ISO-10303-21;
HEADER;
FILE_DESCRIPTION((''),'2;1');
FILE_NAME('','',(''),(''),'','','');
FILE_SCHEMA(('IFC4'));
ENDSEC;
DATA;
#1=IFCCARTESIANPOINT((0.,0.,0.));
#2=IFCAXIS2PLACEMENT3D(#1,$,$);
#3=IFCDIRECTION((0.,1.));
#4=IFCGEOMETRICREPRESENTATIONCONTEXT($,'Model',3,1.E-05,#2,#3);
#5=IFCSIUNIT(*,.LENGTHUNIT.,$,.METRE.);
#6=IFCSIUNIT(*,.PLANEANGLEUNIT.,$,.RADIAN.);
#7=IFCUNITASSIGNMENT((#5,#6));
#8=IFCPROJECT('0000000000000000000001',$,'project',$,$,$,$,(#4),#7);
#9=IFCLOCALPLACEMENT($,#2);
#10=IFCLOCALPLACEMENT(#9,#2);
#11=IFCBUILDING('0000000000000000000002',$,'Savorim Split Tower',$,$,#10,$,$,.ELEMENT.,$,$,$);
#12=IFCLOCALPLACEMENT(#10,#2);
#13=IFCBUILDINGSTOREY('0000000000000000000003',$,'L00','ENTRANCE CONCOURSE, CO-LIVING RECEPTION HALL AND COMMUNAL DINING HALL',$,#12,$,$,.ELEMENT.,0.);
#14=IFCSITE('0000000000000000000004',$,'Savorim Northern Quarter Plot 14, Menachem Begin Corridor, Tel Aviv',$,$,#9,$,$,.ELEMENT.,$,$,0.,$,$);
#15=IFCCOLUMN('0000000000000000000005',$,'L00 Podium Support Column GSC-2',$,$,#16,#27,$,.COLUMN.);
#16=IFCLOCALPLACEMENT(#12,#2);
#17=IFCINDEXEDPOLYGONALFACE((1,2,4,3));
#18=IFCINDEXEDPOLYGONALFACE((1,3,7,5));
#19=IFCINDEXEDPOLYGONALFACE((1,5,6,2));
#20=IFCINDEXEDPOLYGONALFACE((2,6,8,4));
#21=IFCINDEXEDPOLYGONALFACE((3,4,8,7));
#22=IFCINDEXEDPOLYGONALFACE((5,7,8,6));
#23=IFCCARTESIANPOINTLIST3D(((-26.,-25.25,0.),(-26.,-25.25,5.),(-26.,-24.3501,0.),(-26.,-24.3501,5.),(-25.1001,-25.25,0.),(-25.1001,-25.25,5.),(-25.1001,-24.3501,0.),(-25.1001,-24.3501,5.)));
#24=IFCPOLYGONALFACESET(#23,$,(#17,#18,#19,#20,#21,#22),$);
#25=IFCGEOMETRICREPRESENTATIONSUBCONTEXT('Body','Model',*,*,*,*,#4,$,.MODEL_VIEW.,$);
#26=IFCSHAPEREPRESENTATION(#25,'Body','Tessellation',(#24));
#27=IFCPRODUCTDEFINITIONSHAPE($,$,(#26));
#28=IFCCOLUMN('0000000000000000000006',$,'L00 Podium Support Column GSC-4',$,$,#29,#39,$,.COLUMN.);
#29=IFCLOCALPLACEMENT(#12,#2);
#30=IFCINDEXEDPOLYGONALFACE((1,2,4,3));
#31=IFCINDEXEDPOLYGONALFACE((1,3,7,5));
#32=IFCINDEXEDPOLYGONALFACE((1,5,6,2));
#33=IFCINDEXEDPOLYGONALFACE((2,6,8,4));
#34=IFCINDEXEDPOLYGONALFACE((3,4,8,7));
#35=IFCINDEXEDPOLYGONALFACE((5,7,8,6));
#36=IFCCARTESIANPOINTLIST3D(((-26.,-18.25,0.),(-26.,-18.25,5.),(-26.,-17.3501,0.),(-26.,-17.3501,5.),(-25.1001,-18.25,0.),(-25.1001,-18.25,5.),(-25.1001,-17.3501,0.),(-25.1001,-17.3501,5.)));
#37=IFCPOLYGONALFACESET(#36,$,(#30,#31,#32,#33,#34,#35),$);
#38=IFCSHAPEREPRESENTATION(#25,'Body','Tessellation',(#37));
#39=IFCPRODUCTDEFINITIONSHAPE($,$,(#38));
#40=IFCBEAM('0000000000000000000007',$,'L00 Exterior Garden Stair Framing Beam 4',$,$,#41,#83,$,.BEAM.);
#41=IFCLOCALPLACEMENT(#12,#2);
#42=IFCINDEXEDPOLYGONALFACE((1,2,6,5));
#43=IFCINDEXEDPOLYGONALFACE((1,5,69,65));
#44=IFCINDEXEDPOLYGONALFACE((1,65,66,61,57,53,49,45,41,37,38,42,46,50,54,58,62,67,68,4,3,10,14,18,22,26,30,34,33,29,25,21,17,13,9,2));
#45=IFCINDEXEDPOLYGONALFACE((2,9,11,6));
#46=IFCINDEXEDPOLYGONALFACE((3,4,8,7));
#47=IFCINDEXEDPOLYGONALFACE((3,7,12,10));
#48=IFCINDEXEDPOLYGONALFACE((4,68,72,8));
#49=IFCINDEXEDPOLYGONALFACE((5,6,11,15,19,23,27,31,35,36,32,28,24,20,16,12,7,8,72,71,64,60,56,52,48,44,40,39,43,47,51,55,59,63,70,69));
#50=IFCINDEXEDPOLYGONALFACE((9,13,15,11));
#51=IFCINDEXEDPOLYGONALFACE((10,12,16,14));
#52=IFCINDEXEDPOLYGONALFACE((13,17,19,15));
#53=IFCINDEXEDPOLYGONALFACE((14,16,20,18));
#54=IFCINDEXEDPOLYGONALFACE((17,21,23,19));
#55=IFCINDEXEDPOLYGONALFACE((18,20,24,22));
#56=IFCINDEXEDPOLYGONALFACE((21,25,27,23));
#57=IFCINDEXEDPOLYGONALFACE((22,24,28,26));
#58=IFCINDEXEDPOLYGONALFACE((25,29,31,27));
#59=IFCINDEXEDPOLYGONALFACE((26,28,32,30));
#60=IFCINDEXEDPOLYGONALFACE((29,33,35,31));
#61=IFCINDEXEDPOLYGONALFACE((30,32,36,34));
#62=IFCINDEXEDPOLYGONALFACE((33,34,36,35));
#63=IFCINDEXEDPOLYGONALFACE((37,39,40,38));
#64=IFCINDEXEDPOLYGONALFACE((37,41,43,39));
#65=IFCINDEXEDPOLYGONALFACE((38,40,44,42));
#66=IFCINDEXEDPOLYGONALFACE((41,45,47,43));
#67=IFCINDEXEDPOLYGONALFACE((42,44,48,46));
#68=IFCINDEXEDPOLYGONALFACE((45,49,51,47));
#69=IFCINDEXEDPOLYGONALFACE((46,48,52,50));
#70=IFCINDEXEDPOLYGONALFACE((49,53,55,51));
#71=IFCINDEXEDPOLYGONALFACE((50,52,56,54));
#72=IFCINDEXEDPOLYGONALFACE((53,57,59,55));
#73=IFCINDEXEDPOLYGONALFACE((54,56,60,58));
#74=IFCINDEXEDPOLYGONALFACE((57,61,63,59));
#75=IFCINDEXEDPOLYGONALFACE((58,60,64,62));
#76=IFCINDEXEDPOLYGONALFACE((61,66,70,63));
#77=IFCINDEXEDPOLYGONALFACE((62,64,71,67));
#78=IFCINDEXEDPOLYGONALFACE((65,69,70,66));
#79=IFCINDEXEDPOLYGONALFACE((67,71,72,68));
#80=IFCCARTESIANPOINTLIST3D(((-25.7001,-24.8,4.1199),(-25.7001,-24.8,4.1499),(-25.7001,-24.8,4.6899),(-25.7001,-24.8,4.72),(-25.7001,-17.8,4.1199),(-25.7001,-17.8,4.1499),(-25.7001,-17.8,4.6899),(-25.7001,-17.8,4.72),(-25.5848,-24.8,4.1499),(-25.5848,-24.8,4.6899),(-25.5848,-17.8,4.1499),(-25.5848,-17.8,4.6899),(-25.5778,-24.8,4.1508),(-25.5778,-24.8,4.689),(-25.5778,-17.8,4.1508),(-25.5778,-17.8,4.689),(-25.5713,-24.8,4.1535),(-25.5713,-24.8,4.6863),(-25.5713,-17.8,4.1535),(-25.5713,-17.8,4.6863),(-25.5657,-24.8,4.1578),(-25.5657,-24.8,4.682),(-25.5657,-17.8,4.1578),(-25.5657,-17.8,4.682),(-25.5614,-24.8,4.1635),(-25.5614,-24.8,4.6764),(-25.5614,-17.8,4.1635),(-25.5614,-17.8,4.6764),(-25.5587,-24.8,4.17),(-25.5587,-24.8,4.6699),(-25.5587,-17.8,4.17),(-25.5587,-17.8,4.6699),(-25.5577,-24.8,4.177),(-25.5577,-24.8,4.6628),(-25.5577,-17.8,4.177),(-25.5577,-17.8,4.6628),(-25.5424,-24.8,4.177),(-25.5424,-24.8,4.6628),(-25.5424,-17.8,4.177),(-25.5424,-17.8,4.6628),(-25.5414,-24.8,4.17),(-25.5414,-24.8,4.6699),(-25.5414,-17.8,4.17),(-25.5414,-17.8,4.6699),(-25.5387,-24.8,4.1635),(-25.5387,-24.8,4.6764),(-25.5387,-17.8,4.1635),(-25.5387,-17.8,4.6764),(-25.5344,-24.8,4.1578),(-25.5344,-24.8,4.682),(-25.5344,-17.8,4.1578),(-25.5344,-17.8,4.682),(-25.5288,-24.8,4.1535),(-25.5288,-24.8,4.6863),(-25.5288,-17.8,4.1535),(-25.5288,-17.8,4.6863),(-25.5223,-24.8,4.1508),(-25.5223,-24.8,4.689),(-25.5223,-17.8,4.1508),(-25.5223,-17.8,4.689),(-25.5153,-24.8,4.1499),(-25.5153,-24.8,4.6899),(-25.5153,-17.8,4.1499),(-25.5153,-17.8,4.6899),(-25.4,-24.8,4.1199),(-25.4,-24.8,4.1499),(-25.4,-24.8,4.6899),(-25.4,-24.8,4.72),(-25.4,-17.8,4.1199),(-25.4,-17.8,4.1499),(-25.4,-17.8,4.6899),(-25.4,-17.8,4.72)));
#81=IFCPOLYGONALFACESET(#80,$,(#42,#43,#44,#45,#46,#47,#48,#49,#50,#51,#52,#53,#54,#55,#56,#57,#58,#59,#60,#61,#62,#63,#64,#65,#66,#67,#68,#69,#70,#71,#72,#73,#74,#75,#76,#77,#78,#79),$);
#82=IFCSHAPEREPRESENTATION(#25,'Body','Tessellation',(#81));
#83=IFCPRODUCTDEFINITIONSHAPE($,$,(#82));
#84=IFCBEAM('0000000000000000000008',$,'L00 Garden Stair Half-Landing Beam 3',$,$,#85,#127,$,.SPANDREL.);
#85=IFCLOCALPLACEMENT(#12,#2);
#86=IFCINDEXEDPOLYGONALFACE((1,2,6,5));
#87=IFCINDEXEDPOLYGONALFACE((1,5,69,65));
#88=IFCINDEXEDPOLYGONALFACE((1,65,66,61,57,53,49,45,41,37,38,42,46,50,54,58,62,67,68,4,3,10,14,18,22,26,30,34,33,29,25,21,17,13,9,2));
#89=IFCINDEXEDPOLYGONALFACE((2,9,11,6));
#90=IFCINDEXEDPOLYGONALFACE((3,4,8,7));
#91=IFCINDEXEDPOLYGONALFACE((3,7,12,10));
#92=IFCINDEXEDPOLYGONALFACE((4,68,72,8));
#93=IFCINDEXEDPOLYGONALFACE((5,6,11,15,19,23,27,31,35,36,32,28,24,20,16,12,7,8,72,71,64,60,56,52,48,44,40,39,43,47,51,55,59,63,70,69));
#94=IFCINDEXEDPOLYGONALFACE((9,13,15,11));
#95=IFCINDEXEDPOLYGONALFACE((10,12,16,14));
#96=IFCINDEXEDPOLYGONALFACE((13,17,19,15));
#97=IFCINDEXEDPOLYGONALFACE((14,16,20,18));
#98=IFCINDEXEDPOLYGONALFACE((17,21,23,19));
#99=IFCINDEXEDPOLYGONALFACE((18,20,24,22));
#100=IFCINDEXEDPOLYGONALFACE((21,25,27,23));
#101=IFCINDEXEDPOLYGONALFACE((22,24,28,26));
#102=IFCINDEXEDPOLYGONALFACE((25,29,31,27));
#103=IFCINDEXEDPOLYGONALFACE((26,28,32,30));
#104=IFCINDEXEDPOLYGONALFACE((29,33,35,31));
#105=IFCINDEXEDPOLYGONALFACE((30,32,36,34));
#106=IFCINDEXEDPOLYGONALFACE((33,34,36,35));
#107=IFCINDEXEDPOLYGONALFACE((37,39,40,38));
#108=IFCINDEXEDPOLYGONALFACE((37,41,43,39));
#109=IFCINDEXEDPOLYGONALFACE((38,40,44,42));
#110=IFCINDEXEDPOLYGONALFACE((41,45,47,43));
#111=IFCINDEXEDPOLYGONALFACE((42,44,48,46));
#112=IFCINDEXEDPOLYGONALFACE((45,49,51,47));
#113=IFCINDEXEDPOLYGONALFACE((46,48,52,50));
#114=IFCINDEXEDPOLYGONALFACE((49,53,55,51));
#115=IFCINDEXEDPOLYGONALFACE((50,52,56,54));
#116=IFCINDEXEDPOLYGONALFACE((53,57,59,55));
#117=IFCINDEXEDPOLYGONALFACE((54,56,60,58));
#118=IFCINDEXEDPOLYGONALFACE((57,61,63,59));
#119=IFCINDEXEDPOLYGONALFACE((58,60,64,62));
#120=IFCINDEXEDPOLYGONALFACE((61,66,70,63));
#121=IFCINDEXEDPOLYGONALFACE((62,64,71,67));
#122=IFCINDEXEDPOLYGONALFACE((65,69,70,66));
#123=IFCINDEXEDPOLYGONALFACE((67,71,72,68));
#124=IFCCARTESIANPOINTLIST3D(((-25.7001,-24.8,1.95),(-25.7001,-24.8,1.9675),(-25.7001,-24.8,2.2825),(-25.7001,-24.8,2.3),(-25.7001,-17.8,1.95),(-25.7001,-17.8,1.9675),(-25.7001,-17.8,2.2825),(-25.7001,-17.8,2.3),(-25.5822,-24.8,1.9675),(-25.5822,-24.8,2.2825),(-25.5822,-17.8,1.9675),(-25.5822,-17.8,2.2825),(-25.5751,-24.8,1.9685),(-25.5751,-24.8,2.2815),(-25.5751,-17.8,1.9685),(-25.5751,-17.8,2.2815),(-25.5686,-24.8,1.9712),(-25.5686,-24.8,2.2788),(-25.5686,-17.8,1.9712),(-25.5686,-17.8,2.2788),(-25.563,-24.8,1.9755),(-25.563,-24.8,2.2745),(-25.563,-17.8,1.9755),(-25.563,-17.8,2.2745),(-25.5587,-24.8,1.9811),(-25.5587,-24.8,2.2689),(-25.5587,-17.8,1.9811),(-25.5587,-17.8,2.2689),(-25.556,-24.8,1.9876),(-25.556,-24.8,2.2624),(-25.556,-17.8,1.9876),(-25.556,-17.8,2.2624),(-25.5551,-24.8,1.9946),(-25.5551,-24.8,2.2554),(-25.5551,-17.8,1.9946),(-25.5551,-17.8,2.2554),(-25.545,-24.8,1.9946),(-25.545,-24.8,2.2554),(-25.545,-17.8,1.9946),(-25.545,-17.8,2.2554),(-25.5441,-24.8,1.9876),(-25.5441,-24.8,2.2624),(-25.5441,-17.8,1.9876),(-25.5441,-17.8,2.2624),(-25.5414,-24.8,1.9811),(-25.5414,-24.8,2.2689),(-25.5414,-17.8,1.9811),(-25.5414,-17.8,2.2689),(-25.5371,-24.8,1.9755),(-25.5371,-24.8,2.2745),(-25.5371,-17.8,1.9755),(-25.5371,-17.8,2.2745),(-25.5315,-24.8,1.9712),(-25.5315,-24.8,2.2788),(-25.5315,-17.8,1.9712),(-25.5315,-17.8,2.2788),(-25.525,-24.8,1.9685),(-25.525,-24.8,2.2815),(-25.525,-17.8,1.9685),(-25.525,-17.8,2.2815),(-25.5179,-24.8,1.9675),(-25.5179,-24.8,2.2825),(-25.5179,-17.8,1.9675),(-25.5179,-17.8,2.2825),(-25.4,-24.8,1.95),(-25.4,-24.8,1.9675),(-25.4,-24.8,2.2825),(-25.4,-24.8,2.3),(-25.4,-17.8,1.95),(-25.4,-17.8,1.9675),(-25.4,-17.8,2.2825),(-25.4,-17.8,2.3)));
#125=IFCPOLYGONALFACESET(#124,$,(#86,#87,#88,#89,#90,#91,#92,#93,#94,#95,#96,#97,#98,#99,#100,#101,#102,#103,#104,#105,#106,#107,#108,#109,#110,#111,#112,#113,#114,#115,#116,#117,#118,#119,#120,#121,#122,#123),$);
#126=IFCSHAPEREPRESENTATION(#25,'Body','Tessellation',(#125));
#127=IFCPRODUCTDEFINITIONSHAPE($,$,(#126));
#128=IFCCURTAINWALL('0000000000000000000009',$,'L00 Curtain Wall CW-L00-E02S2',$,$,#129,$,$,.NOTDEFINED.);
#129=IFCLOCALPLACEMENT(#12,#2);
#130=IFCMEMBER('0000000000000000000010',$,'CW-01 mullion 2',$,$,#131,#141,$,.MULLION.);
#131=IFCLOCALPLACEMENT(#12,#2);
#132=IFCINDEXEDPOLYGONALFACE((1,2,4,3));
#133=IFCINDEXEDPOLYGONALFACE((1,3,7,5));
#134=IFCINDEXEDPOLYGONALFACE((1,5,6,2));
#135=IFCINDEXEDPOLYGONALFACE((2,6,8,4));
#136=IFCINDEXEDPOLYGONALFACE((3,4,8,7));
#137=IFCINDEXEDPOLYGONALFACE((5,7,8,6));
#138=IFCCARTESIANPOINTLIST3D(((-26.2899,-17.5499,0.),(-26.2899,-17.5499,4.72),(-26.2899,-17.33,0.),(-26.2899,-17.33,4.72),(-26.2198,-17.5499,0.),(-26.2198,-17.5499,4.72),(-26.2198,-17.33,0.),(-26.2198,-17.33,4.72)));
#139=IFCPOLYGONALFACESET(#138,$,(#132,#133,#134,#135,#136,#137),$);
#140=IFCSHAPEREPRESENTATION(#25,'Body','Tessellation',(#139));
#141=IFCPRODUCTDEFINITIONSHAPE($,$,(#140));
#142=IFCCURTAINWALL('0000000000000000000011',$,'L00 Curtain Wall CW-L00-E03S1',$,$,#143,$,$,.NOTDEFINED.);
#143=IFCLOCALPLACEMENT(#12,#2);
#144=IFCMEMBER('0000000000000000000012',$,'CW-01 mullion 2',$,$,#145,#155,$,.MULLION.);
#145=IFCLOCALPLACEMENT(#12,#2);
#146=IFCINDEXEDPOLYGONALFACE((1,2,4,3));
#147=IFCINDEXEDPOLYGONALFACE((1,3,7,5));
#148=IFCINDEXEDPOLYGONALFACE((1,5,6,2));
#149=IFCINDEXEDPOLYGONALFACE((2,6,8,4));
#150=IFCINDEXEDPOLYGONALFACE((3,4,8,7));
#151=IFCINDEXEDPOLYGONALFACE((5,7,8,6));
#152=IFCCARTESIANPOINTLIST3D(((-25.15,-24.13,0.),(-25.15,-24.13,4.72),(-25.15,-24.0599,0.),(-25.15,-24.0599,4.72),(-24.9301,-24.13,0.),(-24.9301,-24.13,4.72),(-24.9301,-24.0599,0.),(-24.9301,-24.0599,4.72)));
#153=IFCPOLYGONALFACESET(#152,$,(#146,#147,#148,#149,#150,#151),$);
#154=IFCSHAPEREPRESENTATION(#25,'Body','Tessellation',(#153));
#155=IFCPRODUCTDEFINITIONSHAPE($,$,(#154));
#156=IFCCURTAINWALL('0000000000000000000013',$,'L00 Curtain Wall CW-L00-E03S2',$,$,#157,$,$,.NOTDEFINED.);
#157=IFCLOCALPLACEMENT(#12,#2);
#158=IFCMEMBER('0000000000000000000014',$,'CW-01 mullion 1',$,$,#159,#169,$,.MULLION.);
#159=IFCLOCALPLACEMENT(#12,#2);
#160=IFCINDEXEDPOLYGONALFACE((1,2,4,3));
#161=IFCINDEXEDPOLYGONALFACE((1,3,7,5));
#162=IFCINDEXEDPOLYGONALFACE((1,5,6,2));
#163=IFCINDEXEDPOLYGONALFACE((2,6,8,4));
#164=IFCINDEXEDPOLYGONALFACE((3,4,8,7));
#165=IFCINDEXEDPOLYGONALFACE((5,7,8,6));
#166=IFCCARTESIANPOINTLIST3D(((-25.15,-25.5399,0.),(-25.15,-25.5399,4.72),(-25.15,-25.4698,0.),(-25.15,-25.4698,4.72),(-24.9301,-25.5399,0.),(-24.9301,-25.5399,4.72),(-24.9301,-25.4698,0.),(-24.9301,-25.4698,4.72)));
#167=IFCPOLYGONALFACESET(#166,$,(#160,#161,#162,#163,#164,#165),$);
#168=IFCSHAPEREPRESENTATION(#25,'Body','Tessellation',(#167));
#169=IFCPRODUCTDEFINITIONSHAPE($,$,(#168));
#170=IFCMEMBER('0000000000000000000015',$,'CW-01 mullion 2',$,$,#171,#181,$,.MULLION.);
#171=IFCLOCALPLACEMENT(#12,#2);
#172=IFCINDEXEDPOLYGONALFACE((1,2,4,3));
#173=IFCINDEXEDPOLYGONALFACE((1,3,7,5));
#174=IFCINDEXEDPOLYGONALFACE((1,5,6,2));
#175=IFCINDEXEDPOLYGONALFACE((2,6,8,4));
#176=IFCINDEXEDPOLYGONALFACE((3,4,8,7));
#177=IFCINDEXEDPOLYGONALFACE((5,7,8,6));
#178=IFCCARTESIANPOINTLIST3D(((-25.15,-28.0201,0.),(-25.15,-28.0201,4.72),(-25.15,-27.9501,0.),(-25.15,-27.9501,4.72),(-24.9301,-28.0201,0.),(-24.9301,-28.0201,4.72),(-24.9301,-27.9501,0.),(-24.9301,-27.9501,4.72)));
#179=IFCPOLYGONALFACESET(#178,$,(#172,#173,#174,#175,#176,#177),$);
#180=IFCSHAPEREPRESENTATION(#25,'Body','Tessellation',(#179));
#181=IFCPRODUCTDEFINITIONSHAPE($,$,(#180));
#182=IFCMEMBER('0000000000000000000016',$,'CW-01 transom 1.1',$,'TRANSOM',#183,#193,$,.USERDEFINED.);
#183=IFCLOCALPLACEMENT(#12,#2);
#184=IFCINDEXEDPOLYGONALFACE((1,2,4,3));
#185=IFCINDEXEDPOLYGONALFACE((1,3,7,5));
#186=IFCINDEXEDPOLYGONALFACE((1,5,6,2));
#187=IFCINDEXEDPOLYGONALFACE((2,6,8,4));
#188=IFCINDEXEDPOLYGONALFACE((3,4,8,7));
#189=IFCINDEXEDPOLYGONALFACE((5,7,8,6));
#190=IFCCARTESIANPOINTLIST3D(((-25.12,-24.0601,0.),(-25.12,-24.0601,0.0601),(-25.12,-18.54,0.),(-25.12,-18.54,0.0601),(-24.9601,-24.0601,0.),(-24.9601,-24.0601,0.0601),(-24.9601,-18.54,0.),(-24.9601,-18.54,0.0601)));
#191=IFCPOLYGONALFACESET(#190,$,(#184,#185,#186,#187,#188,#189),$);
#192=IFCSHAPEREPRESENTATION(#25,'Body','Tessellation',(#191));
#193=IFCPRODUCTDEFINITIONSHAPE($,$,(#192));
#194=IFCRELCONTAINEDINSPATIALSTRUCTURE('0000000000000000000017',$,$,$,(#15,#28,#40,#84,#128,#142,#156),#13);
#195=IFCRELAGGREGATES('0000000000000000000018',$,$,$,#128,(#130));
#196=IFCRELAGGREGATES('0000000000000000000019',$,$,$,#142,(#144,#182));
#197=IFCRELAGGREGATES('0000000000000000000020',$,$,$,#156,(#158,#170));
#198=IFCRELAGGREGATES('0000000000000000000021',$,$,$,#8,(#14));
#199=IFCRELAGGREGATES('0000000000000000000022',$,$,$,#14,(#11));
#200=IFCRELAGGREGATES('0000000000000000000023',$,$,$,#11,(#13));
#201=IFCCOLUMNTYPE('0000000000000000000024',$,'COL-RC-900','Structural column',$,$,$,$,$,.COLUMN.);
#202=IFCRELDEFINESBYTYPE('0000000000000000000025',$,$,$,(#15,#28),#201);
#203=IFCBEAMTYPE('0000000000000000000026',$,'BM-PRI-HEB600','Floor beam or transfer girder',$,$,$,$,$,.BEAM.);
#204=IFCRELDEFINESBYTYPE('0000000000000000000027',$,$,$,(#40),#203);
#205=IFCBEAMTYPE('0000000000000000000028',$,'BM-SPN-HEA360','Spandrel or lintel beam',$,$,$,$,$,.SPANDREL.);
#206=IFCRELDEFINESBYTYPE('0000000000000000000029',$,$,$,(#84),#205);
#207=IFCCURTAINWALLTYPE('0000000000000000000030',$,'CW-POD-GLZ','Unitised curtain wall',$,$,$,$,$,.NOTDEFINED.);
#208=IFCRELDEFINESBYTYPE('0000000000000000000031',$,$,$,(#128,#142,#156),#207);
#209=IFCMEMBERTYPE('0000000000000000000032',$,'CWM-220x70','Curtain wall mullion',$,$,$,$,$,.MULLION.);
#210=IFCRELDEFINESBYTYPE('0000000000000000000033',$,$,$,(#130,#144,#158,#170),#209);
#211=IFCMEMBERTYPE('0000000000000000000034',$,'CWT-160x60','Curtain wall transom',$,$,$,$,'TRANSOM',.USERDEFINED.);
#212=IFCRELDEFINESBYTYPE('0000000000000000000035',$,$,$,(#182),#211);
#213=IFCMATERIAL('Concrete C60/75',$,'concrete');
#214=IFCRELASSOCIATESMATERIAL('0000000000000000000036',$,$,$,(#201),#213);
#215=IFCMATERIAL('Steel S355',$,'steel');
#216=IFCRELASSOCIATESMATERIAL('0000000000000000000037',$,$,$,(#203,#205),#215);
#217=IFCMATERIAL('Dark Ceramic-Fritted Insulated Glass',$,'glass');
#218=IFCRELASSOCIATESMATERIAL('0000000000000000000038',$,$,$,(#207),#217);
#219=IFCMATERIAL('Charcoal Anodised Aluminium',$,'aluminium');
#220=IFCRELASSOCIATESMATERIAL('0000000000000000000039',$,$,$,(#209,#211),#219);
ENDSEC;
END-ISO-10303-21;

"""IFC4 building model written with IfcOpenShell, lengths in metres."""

from ifc_helpers import new_model, si_unit, direction, frame, origin, origin_2d, place, context, subcontext, project, spatial, rectangle, i_section, extrude, material, material_profile, profile_set, type_object, element, aggregate, save


model = new_model("IFC4")

# Units and contexts
model_context = context("Model", 3, precision=1e-05, world=origin(), true_north=direction((0.0, 1.0)))
body_context = subcontext(model_context, "Body", "Model", "MODEL_VIEW")
ifc_project = project(units=[si_unit("LENGTHUNIT", "METRE"), si_unit("PLANEANGLEUNIT", "RADIAN")], contexts=[model_context])

# Site, building, storey
site_placement = place(None, origin())
site = spatial("IfcSite", under=ifc_project, at=site_placement, Name="Savorim Northern Quarter Plot 14, Menachem Begin Corridor, Tel Aviv", CompositionType="ELEMENT", RefElevation=0.0)
building_placement = place(site_placement, origin())
building = spatial("IfcBuilding", under=site, at=building_placement, Name="Savorim Split Tower", CompositionType="ELEMENT")
storey_placement = place(building_placement, origin())
storey = spatial("IfcBuildingStorey", under=building, at=storey_placement, Name="L00", Description="ENTRANCE CONCOURSE, CO-LIVING RECEPTION HALL AND COMMUNAL DINING HALL", CompositionType="ELEMENT", Elevation=0.0)

# Columns
ifc_material_1 = material(Name="Concrete C60/75", Category="concrete")
ifc_material_profile_1 = material_profile(ifc_material_1, rectangle(XDim=0.8999, YDim=0.8999, at=origin_2d()), Name="RC 900x900")
ifc_profile_set_1 = profile_set([ifc_material_profile_1], Name="Concrete C60/75")
column_type = type_object("IfcColumnType", Name="COL-RC-900", Description="Structural column", PredefinedType="COLUMN", material=ifc_profile_set_1)
for number, where, z_axis, x_axis, name in (
    (1, (-25.55, -24.8, 0.0), (0.0, 0.0, 1.0), (1.0, 0.0, 0.0), "L00 Podium Support Column GSC-2"),
    (2, (-25.55, -17.8, 0.0), (0.0, 0.0, 1.0), (1.0, 0.0, 0.0), "L00 Podium Support Column GSC-4"),
):
    element("IfcColumn", number, at=place(storey_placement, frame(where, z_axis=z_axis, x_axis=x_axis)), inside=storey, type_object=column_type, Name=name, PredefinedType="COLUMN", context=body_context, shape_type="SweptSolid", body=[
        extrude(rectangle(XDim=0.8999, YDim=0.8999, at=origin_2d()), origin(), (0.0, 0.0, 1.0), 5.0),
    ])

# Beams
ifc_material_2 = material(Name="Steel S355", Category="steel")
ifc_material_profile_2 = material_profile(ifc_material_2, i_section(OverallWidth=0.3, OverallDepth=0.6001, WebThickness=0.0154, FlangeThickness=0.03, FilletRadius=0.0271, at=origin_2d()), Name="HEB 600")
ifc_profile_set_2 = profile_set([ifc_material_profile_2], Name="Steel S355")
beam_type_1 = type_object("IfcBeamType", Name="BM-PRI-HEB600", Description="Floor beam or transfer girder", PredefinedType="BEAM", material=ifc_profile_set_2)
beam_1_placement = place(storey_placement, frame((-25.55, -24.8, 4.4199), z_axis=(0.0, 1.0, 0.0), x_axis=(-1.0, 0.0, 0.0)))
element("IfcBeam", 3, at=beam_1_placement, inside=storey, type_object=beam_type_1, Name="L00 Exterior Garden Stair Framing Beam 4", PredefinedType="BEAM", context=body_context, shape_type="SweptSolid", body=[
    extrude(i_section(OverallWidth=0.3, OverallDepth=0.6001, WebThickness=0.0154, FlangeThickness=0.03, FilletRadius=0.0271, at=origin_2d()), origin(), (0.0, 0.0, 1.0), 7.0),
])
ifc_material_profile_3 = material_profile(ifc_material_2, i_section(OverallWidth=0.3, OverallDepth=0.3501, WebThickness=0.01, FlangeThickness=0.0176, FilletRadius=0.0271, at=origin_2d()), Name="HEA 360")
ifc_profile_set_3 = profile_set([ifc_material_profile_3], Name="Steel S355")
beam_type_2 = type_object("IfcBeamType", Name="BM-SPN-HEA360", Description="Spandrel or lintel beam", PredefinedType="SPANDREL", material=ifc_profile_set_3)
beam_2_placement = place(storey_placement, frame((-25.55, -24.8, 2.125), z_axis=(0.0, 1.0, 0.0), x_axis=(-1.0, 0.0, 0.0)))
element("IfcBeam", 4, at=beam_2_placement, inside=storey, type_object=beam_type_2, Name="L00 Garden Stair Half-Landing Beam 3", PredefinedType="SPANDREL", context=body_context, shape_type="SweptSolid", body=[
    extrude(i_section(OverallWidth=0.3, OverallDepth=0.3501, WebThickness=0.01, FlangeThickness=0.0176, FilletRadius=0.0271, at=origin_2d()), origin(), (0.0, 0.0, 1.0), 7.0),
])

# Curtain walls, members
ifc_material_3 = material(Name="Dark Ceramic-Fritted Insulated Glass", Category="glass")
curtain_wall_type = type_object("IfcCurtainWallType", Name="CW-POD-GLZ", Description="Unitised curtain wall", PredefinedType="NOTDEFINED", material=ifc_material_3)
curtain_wall_1_placement = place(storey_placement, origin())
curtain_wall_1 = element("IfcCurtainWall", 5, at=curtain_wall_1_placement, inside=storey, type_object=curtain_wall_type, Name="L00 Curtain Wall CW-L00-E02S2", PredefinedType="NOTDEFINED")
ifc_material_4 = material(Name="Charcoal Anodised Aluminium", Category="aluminium")
ifc_material_profile_4 = material_profile(ifc_material_4, rectangle(XDim=0.22, YDim=0.0701, at=origin_2d()), Name="ALU-M 220x70")
ifc_profile_set_4 = profile_set([ifc_material_profile_4], Name="Charcoal Anodised Aluminium")
member_type_1 = type_object("IfcMemberType", Name="CWM-220x70", Description="Curtain wall mullion", PredefinedType="MULLION", material=ifc_profile_set_4)
member_1_placement = place(storey_placement, frame((-26.2549, -17.4399, 0.0), z_axis=(0.0, 0.0, 1.0), x_axis=(0.0, 1.0, 0.0)))
member_1 = element("IfcMember", 6, at=member_1_placement, type_object=member_type_1, Name="CW-01 mullion 2", PredefinedType="MULLION", context=body_context, shape_type="SweptSolid", body=[
    extrude(rectangle(XDim=0.22, YDim=0.0701, at=origin_2d()), origin(), (0.0, 0.0, 1.0), 4.72),
])
aggregate(curtain_wall_1, [member_1])
curtain_wall_2_placement = place(storey_placement, origin())
curtain_wall_2 = element("IfcCurtainWall", 7, at=curtain_wall_2_placement, inside=storey, type_object=curtain_wall_type, Name="L00 Curtain Wall CW-L00-E03S1", PredefinedType="NOTDEFINED")
member_2_placement = place(storey_placement, frame((-25.04, -24.095, 0.0), z_axis=(0.0, 0.0, 1.0), x_axis=(1.0, 0.0, 0.0)))
member_2 = element("IfcMember", 8, at=member_2_placement, type_object=member_type_1, Name="CW-01 mullion 2", PredefinedType="MULLION", context=body_context, shape_type="SweptSolid", body=[
    extrude(rectangle(XDim=0.22, YDim=0.0701, at=origin_2d()), origin(), (0.0, 0.0, 1.0), 4.72),
])

# Curtain wall, members
curtain_wall_3_placement = place(storey_placement, origin())
curtain_wall_3 = element("IfcCurtainWall", 9, at=curtain_wall_3_placement, inside=storey, type_object=curtain_wall_type, Name="L00 Curtain Wall CW-L00-E03S2", PredefinedType="NOTDEFINED")
member_3_placement = place(storey_placement, frame((-25.04, -25.5049, 0.0), z_axis=(0.0, 0.0, 1.0), x_axis=(1.0, 0.0, 0.0)))
member_3 = element("IfcMember", 10, at=member_3_placement, type_object=member_type_1, Name="CW-01 mullion 1", PredefinedType="MULLION", context=body_context, shape_type="SweptSolid", body=[
    extrude(rectangle(XDim=0.22, YDim=0.0701, at=origin_2d()), origin(), (0.0, 0.0, 1.0), 4.72),
])
member_4_placement = place(storey_placement, frame((-25.04, -27.9851, 0.0), z_axis=(0.0, 0.0, 1.0), x_axis=(1.0, 0.0, 0.0)))
member_4 = element("IfcMember", 11, at=member_4_placement, type_object=member_type_1, Name="CW-01 mullion 2", PredefinedType="MULLION", context=body_context, shape_type="SweptSolid", body=[
    extrude(rectangle(XDim=0.22, YDim=0.0701, at=origin_2d()), origin(), (0.0, 0.0, 1.0), 4.72),
])

# Member
ifc_material_profile_5 = material_profile(ifc_material_4, rectangle(XDim=0.1599, YDim=0.0601, at=origin_2d()), Name="ALU-T 160x60")
ifc_profile_set_5 = profile_set([ifc_material_profile_5], Name="Charcoal Anodised Aluminium")
member_type_2 = type_object("IfcMemberType", Name="CWT-160x60", Description="Curtain wall transom", ElementType="TRANSOM", PredefinedType="USERDEFINED", material=ifc_profile_set_5)
member_5_placement = place(storey_placement, frame((-25.04, -18.54, 0.03), z_axis=(0.0, -1.0, 0.0), x_axis=(1.0, 0.0, 0.0)))
member_5 = element("IfcMember", 12, at=member_5_placement, type_object=member_type_2, Name="CW-01 transom 1.1", ObjectType="TRANSOM", PredefinedType="USERDEFINED", context=body_context, shape_type="SweptSolid", body=[
    extrude(rectangle(XDim=0.1599, YDim=0.0601, at=origin_2d()), origin(), (0.0, 0.0, 1.0), 5.52),
])

aggregate(curtain_wall_2, [member_2, member_5])
aggregate(curtain_wall_3, [member_3, member_4])

save(model, "model.ifc")
